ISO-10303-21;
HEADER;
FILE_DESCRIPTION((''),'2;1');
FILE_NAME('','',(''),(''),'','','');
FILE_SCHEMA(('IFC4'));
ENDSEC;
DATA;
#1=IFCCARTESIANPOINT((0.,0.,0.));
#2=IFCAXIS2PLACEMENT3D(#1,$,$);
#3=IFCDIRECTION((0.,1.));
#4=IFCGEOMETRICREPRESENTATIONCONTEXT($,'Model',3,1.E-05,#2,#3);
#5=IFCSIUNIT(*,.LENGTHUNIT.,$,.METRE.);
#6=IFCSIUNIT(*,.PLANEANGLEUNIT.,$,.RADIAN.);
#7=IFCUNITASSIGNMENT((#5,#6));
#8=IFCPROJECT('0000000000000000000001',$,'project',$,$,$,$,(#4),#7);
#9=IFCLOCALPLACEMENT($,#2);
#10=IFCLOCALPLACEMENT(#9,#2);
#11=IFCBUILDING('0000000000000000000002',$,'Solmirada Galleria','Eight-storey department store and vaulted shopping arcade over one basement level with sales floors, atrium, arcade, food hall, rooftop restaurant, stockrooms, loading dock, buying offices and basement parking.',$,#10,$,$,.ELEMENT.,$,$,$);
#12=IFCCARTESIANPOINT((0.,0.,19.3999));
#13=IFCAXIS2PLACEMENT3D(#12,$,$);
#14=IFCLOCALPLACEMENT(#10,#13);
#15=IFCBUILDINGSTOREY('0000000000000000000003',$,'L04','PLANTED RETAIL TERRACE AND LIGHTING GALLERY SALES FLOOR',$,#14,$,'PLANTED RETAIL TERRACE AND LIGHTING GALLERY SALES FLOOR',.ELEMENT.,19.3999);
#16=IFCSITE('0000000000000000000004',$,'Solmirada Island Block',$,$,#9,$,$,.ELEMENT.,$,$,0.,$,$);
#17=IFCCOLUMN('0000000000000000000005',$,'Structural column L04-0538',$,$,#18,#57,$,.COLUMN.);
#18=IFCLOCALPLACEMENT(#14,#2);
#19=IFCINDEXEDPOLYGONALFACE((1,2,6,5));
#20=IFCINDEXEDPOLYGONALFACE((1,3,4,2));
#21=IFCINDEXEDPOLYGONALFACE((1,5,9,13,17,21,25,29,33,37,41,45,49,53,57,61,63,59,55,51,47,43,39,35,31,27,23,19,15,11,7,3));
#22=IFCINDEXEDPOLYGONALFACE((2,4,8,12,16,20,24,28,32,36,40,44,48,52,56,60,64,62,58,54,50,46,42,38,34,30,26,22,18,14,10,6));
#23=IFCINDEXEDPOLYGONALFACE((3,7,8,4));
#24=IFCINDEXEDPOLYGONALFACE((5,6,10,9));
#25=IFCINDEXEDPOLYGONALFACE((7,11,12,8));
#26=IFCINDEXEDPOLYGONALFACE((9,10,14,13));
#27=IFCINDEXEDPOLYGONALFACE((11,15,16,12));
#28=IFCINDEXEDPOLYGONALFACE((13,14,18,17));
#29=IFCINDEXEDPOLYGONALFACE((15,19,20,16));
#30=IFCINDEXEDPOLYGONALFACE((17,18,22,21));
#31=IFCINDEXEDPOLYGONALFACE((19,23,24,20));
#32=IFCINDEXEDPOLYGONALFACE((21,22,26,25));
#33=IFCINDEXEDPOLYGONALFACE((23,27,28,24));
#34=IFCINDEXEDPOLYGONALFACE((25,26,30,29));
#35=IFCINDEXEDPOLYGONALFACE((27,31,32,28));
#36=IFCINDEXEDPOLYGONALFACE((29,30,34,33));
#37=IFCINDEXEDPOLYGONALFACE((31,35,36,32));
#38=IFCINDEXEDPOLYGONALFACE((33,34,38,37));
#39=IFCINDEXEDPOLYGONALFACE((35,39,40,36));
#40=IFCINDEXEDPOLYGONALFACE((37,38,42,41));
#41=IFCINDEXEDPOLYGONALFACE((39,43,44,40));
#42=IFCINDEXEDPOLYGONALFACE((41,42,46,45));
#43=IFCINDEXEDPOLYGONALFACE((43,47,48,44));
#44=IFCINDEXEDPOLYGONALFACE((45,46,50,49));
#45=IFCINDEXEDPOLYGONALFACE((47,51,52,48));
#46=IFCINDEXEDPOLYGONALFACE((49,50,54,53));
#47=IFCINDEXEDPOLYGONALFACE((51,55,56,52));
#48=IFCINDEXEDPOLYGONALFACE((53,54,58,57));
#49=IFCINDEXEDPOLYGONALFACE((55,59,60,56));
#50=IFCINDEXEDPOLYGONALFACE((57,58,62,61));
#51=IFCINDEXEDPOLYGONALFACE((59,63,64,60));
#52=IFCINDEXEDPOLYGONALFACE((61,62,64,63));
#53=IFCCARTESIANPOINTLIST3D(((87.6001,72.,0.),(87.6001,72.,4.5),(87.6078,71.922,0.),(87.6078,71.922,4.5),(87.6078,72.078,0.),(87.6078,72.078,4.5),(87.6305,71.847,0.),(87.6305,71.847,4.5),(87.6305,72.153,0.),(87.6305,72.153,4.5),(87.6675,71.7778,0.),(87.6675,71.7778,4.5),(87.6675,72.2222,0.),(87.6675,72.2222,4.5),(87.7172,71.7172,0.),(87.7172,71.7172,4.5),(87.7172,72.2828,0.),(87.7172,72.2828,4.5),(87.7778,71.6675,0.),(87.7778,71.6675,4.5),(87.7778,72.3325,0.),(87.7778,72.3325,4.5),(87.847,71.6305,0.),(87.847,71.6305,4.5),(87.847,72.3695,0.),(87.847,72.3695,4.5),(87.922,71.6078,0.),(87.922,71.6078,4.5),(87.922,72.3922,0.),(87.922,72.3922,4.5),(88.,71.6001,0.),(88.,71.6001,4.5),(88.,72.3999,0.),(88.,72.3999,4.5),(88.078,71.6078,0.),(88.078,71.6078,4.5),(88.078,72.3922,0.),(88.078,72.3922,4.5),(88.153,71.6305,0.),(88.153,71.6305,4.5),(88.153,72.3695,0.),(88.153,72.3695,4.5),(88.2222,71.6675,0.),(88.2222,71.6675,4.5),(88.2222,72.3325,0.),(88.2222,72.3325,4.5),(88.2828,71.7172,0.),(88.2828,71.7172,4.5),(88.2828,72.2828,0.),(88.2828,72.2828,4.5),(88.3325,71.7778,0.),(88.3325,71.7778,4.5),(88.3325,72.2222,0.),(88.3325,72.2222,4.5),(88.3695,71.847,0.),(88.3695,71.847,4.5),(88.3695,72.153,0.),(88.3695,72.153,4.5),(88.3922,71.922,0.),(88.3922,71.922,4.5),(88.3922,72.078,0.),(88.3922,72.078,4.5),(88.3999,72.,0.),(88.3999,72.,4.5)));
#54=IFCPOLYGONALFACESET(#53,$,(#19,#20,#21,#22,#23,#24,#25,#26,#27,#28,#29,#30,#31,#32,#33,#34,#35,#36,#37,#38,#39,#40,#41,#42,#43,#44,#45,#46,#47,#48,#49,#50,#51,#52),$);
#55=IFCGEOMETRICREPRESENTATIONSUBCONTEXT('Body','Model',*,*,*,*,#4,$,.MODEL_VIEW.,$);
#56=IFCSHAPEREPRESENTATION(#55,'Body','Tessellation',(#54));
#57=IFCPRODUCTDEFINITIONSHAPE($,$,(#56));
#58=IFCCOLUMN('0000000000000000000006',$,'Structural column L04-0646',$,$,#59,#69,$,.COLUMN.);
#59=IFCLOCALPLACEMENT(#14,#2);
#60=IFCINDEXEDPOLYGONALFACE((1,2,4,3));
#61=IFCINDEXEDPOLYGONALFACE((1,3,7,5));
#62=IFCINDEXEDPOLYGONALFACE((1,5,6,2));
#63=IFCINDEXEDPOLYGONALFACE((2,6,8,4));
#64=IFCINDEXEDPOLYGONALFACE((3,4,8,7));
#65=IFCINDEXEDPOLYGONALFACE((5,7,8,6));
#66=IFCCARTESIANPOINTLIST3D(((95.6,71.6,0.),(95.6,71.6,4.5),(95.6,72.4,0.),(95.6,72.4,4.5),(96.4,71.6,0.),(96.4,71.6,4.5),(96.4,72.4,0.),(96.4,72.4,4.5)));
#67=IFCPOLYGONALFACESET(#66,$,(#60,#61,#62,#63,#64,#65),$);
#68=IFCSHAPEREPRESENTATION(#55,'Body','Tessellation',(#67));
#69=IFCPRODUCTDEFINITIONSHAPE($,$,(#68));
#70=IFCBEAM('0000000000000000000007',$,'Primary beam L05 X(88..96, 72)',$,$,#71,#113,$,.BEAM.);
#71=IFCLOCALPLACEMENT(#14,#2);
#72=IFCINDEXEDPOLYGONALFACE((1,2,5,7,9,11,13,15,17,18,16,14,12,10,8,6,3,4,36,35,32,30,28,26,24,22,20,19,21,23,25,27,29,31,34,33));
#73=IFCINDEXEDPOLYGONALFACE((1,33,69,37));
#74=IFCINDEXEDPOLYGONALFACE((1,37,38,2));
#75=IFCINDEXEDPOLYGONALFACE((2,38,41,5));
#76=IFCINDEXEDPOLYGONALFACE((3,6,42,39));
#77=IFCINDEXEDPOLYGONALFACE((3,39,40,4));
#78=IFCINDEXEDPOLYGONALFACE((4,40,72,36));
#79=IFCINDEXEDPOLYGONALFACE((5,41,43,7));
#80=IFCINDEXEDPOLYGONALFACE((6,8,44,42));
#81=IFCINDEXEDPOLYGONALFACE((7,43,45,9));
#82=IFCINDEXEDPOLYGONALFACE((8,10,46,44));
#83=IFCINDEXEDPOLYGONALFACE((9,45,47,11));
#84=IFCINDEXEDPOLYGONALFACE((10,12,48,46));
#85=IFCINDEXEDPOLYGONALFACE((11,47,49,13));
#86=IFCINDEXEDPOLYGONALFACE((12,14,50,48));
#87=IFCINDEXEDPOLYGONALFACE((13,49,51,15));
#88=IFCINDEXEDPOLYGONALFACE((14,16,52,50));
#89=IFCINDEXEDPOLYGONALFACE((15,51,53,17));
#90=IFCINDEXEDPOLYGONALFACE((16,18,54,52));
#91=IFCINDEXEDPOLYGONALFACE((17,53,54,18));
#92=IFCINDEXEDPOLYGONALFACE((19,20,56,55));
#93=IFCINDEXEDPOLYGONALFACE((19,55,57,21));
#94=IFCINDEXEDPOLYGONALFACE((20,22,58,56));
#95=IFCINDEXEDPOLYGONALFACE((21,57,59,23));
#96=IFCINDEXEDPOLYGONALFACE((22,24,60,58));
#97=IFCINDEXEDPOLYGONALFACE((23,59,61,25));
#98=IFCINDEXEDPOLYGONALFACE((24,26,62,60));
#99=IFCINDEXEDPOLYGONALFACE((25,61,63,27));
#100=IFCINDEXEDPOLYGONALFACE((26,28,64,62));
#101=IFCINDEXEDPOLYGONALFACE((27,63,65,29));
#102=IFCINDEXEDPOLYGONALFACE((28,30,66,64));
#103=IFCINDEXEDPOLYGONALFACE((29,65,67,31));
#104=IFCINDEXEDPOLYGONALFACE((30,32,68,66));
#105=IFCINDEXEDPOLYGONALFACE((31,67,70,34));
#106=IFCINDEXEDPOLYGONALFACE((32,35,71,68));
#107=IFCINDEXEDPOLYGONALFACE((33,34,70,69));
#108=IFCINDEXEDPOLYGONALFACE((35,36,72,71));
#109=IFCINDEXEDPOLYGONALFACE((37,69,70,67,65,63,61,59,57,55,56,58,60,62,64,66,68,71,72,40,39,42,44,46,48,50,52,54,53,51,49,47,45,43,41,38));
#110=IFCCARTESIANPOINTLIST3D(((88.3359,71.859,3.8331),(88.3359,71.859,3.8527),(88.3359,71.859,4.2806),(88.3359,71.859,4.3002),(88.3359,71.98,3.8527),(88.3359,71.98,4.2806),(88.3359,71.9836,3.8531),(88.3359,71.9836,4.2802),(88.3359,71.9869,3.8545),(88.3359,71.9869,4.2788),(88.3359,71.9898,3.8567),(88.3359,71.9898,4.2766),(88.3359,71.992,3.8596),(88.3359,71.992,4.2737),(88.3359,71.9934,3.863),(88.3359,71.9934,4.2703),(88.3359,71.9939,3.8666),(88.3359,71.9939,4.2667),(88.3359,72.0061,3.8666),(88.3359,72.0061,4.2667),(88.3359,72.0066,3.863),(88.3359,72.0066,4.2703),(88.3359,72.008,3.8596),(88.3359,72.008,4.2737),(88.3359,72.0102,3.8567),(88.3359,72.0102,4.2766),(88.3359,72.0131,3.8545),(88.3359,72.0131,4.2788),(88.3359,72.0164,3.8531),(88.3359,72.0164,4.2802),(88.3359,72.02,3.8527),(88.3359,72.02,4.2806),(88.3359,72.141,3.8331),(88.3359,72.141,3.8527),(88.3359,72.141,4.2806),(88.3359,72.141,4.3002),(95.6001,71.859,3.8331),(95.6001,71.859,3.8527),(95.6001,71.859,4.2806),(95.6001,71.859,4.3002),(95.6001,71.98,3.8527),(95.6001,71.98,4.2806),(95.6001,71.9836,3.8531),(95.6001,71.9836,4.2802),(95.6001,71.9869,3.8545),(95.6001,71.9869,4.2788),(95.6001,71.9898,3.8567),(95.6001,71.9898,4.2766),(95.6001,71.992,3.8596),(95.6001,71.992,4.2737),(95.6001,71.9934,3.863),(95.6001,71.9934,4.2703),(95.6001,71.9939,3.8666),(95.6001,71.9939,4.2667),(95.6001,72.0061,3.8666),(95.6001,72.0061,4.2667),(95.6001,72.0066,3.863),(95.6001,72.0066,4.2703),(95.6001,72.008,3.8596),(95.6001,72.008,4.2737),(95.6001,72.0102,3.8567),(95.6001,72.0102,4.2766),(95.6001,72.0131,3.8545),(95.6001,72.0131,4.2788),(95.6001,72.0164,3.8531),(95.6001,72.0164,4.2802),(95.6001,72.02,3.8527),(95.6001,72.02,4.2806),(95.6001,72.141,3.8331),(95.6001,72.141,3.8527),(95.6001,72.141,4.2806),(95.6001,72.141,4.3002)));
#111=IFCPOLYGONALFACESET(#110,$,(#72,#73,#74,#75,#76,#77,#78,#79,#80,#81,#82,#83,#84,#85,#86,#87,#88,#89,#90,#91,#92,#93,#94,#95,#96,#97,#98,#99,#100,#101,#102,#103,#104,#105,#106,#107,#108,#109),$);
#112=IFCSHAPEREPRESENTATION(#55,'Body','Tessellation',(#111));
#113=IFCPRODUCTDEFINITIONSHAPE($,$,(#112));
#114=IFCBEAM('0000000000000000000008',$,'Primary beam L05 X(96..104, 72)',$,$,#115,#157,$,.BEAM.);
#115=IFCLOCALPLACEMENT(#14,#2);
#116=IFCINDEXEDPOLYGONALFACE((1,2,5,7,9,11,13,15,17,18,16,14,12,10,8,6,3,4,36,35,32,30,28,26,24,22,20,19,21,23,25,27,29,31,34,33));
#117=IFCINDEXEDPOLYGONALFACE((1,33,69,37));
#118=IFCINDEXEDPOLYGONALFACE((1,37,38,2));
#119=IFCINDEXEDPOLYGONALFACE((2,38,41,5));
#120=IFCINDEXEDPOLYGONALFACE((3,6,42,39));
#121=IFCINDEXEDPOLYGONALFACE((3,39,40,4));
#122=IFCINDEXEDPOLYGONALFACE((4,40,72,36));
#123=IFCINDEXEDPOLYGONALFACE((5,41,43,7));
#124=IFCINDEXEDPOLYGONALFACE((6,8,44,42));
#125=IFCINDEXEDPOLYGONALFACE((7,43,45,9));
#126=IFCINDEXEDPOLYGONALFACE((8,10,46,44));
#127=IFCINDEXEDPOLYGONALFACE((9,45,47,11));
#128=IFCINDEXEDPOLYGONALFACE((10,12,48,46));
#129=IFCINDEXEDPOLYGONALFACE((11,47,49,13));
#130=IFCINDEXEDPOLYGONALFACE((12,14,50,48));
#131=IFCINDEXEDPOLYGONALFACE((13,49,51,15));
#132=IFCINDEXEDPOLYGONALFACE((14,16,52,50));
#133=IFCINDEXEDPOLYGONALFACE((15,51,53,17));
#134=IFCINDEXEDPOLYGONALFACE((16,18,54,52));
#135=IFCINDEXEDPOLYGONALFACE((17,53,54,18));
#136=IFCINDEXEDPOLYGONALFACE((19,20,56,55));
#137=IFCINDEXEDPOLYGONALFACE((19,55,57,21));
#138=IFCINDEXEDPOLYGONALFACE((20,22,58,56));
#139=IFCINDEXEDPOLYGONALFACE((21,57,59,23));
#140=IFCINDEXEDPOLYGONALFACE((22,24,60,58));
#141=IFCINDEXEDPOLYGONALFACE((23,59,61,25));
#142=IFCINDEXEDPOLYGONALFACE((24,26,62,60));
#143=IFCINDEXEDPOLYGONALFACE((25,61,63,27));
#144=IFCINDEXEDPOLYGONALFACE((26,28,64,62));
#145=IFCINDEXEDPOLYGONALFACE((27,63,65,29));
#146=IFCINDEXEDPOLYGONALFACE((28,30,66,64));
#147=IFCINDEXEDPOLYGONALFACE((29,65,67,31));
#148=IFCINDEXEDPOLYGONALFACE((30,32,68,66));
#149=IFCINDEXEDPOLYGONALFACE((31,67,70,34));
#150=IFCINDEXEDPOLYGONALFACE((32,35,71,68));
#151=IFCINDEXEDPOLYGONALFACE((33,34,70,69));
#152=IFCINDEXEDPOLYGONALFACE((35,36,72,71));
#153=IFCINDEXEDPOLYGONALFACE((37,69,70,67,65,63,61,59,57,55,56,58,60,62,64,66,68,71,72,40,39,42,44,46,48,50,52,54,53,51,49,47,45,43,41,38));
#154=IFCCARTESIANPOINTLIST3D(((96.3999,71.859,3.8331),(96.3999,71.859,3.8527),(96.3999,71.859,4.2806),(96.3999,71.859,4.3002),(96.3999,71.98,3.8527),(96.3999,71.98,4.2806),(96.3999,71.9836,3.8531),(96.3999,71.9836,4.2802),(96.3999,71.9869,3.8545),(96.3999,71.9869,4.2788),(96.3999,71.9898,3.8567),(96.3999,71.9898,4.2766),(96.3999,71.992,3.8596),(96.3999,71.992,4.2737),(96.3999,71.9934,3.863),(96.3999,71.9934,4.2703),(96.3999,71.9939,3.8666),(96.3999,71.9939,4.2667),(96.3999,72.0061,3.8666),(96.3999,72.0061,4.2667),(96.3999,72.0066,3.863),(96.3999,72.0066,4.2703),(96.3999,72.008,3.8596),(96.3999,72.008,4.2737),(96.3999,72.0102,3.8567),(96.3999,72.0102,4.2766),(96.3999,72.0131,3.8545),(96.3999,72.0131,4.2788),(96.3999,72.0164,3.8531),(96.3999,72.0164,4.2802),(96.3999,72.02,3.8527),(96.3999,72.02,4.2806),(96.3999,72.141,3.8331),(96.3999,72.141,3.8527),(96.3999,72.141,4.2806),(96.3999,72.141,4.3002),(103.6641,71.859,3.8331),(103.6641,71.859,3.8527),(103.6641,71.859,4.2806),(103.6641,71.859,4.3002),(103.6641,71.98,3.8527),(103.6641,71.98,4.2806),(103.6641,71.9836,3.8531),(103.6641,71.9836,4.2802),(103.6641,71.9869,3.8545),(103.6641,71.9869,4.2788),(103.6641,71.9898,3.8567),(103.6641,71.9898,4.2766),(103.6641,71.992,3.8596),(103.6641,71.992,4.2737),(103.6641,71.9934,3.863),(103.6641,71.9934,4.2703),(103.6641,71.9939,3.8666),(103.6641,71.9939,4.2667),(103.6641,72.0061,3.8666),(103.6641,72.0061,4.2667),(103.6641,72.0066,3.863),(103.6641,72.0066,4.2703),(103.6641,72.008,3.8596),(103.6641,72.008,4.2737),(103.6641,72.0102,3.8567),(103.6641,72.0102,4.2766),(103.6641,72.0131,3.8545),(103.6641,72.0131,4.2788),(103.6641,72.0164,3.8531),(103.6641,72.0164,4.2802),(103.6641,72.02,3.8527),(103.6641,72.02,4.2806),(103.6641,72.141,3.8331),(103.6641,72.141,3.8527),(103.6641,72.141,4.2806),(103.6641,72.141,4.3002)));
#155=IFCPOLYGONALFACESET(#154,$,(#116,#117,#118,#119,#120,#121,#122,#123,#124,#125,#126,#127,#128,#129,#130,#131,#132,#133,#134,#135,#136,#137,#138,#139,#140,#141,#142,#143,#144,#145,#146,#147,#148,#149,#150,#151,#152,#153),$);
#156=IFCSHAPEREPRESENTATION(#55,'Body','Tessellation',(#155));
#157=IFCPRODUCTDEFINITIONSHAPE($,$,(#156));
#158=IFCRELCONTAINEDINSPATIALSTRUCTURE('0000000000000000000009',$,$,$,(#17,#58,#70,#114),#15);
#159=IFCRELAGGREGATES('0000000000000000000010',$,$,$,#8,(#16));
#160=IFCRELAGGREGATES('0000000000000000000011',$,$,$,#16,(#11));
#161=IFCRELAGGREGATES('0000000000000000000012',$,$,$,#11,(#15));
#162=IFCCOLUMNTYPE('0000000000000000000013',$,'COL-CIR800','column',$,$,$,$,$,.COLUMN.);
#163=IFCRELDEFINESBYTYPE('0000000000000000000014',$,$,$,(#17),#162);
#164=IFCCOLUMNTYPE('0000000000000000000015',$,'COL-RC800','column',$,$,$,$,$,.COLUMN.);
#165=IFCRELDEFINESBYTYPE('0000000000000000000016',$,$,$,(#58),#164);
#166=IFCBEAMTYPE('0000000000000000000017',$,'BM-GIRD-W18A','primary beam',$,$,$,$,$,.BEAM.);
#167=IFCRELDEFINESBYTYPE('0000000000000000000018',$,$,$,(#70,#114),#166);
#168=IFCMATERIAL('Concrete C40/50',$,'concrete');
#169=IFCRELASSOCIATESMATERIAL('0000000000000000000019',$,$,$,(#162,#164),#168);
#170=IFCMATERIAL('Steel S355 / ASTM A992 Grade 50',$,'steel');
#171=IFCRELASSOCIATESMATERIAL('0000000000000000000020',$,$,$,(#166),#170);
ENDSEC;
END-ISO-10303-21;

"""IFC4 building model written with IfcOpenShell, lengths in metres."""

from ifc_helpers import new_model, si_unit, direction, frame, origin, origin_2d, place, context, subcontext, project, spatial, rectangle, circle, i_section, extrude, material, material_profile, profile_set, type_object, element, save


model = new_model("IFC4")

# Units and contexts
model_context = context("Model", 3, precision=1e-05, world=origin(), true_north=direction((0.0, 1.0)))
body_context = subcontext(model_context, "Body", "Model", "MODEL_VIEW")
ifc_project = project(units=[si_unit("LENGTHUNIT", "METRE"), si_unit("PLANEANGLEUNIT", "RADIAN")], contexts=[model_context])

# Site, building, storey
site_placement = place(None, origin())
site = spatial("IfcSite", under=ifc_project, at=site_placement, Name="Solmirada Island Block", CompositionType="ELEMENT", RefElevation=0.0)
building_placement = place(site_placement, origin())
building = spatial("IfcBuilding", under=site, at=building_placement, Name="Solmirada Galleria", Description="Eight-storey department store and vaulted shopping arcade over one basement level with sales floors, atrium, arcade, food hall, rooftop restaurant, stockrooms, loading dock, buying offices and basement parking.", CompositionType="ELEMENT")
storey_placement = place(building_placement, frame((0.0, 0.0, 19.3999)))
storey = spatial("IfcBuildingStorey", under=building, at=storey_placement, Name="L04", Description="PLANTED RETAIL TERRACE AND LIGHTING GALLERY SALES FLOOR", LongName="PLANTED RETAIL TERRACE AND LIGHTING GALLERY SALES FLOOR", CompositionType="ELEMENT", Elevation=19.3999)

# Columns
ifc_material_1 = material(Name="Concrete C40/50", Category="concrete")
ifc_material_profile_1 = material_profile(ifc_material_1, circle(Radius=0.3999, at=origin_2d()), Name="RCCOL800")
ifc_profile_set_1 = profile_set([ifc_material_profile_1], Name="Concrete C40/50")
column_type_1 = type_object("IfcColumnType", Name="COL-CIR800", Description="column", PredefinedType="COLUMN", material=ifc_profile_set_1)
column_1_placement = place(storey_placement, frame((88.0, 72.0, 0.0), z_axis=(0.0, 0.0, 1.0), x_axis=(1.0, 0.0, 0.0)))
element("IfcColumn", 1, at=column_1_placement, inside=storey, type_object=column_type_1, Name="Structural column L04-0538", PredefinedType="COLUMN", context=body_context, shape_type="SweptSolid", body=[
    extrude(circle(Radius=0.3999, at=origin_2d()), origin(), (0.0, 0.0, 1.0), 4.5),
])
ifc_material_profile_2 = material_profile(ifc_material_1, rectangle(XDim=0.8, YDim=0.8, at=origin_2d()), Name="RC800X800")
ifc_profile_set_2 = profile_set([ifc_material_profile_2], Name="Concrete C40/50")
column_type_2 = type_object("IfcColumnType", Name="COL-RC800", Description="column", PredefinedType="COLUMN", material=ifc_profile_set_2)
column_2_placement = place(storey_placement, frame((96.0, 72.0, 0.0), z_axis=(0.0, 0.0, 1.0), x_axis=(1.0, 0.0, 0.0)))
element("IfcColumn", 2, at=column_2_placement, inside=storey, type_object=column_type_2, Name="Structural column L04-0646", PredefinedType="COLUMN", context=body_context, shape_type="SweptSolid", body=[
    extrude(rectangle(XDim=0.8, YDim=0.8, at=origin_2d()), origin(), (0.0, 0.0, 1.0), 4.5),
])

# Beams
ifc_material_2 = material(Name="Steel S355 / ASTM A992 Grade 50", Category="steel")
ifc_material_profile_3 = material_profile(ifc_material_2, i_section(OverallWidth=0.282, OverallDepth=0.467, WebThickness=0.0122, FlangeThickness=0.0195, FilletRadius=0.0139, at=origin_2d()), Name="W18X86")
ifc_profile_set_3 = profile_set([ifc_material_profile_3], Name="Steel S355 / ASTM A992 Grade 50")
beam_type_1 = type_object("IfcBeamType", Name="BM-GIRD-W18A", Description="primary beam", PredefinedType="BEAM", material=ifc_profile_set_3)
for number, where, z_axis, x_axis, name in (
    (3, (88.3359, 72.0, 4.0667), (1.0, 0.0, 0.0), (0.0, 1.0, 0.0), "Primary beam L05 X(88..96, 72)"),
    (4, (96.3999, 72.0, 4.0667), (1.0, 0.0, 0.0), (0.0, 1.0, 0.0), "Primary beam L05 X(96..104, 72)"),
):
    element("IfcBeam", number, at=place(storey_placement, frame(where, z_axis=z_axis, x_axis=x_axis)), inside=storey, type_object=beam_type_1, Name=name, PredefinedType="BEAM", context=body_context, shape_type="SweptSolid", body=[
        extrude(i_section(OverallWidth=0.282, OverallDepth=0.467, WebThickness=0.0122, FlangeThickness=0.0195, FilletRadius=0.0139, at=origin_2d()), origin(), (0.0, 0.0, 1.0), 7.2642),
    ])

save(model, "model.ifc")
